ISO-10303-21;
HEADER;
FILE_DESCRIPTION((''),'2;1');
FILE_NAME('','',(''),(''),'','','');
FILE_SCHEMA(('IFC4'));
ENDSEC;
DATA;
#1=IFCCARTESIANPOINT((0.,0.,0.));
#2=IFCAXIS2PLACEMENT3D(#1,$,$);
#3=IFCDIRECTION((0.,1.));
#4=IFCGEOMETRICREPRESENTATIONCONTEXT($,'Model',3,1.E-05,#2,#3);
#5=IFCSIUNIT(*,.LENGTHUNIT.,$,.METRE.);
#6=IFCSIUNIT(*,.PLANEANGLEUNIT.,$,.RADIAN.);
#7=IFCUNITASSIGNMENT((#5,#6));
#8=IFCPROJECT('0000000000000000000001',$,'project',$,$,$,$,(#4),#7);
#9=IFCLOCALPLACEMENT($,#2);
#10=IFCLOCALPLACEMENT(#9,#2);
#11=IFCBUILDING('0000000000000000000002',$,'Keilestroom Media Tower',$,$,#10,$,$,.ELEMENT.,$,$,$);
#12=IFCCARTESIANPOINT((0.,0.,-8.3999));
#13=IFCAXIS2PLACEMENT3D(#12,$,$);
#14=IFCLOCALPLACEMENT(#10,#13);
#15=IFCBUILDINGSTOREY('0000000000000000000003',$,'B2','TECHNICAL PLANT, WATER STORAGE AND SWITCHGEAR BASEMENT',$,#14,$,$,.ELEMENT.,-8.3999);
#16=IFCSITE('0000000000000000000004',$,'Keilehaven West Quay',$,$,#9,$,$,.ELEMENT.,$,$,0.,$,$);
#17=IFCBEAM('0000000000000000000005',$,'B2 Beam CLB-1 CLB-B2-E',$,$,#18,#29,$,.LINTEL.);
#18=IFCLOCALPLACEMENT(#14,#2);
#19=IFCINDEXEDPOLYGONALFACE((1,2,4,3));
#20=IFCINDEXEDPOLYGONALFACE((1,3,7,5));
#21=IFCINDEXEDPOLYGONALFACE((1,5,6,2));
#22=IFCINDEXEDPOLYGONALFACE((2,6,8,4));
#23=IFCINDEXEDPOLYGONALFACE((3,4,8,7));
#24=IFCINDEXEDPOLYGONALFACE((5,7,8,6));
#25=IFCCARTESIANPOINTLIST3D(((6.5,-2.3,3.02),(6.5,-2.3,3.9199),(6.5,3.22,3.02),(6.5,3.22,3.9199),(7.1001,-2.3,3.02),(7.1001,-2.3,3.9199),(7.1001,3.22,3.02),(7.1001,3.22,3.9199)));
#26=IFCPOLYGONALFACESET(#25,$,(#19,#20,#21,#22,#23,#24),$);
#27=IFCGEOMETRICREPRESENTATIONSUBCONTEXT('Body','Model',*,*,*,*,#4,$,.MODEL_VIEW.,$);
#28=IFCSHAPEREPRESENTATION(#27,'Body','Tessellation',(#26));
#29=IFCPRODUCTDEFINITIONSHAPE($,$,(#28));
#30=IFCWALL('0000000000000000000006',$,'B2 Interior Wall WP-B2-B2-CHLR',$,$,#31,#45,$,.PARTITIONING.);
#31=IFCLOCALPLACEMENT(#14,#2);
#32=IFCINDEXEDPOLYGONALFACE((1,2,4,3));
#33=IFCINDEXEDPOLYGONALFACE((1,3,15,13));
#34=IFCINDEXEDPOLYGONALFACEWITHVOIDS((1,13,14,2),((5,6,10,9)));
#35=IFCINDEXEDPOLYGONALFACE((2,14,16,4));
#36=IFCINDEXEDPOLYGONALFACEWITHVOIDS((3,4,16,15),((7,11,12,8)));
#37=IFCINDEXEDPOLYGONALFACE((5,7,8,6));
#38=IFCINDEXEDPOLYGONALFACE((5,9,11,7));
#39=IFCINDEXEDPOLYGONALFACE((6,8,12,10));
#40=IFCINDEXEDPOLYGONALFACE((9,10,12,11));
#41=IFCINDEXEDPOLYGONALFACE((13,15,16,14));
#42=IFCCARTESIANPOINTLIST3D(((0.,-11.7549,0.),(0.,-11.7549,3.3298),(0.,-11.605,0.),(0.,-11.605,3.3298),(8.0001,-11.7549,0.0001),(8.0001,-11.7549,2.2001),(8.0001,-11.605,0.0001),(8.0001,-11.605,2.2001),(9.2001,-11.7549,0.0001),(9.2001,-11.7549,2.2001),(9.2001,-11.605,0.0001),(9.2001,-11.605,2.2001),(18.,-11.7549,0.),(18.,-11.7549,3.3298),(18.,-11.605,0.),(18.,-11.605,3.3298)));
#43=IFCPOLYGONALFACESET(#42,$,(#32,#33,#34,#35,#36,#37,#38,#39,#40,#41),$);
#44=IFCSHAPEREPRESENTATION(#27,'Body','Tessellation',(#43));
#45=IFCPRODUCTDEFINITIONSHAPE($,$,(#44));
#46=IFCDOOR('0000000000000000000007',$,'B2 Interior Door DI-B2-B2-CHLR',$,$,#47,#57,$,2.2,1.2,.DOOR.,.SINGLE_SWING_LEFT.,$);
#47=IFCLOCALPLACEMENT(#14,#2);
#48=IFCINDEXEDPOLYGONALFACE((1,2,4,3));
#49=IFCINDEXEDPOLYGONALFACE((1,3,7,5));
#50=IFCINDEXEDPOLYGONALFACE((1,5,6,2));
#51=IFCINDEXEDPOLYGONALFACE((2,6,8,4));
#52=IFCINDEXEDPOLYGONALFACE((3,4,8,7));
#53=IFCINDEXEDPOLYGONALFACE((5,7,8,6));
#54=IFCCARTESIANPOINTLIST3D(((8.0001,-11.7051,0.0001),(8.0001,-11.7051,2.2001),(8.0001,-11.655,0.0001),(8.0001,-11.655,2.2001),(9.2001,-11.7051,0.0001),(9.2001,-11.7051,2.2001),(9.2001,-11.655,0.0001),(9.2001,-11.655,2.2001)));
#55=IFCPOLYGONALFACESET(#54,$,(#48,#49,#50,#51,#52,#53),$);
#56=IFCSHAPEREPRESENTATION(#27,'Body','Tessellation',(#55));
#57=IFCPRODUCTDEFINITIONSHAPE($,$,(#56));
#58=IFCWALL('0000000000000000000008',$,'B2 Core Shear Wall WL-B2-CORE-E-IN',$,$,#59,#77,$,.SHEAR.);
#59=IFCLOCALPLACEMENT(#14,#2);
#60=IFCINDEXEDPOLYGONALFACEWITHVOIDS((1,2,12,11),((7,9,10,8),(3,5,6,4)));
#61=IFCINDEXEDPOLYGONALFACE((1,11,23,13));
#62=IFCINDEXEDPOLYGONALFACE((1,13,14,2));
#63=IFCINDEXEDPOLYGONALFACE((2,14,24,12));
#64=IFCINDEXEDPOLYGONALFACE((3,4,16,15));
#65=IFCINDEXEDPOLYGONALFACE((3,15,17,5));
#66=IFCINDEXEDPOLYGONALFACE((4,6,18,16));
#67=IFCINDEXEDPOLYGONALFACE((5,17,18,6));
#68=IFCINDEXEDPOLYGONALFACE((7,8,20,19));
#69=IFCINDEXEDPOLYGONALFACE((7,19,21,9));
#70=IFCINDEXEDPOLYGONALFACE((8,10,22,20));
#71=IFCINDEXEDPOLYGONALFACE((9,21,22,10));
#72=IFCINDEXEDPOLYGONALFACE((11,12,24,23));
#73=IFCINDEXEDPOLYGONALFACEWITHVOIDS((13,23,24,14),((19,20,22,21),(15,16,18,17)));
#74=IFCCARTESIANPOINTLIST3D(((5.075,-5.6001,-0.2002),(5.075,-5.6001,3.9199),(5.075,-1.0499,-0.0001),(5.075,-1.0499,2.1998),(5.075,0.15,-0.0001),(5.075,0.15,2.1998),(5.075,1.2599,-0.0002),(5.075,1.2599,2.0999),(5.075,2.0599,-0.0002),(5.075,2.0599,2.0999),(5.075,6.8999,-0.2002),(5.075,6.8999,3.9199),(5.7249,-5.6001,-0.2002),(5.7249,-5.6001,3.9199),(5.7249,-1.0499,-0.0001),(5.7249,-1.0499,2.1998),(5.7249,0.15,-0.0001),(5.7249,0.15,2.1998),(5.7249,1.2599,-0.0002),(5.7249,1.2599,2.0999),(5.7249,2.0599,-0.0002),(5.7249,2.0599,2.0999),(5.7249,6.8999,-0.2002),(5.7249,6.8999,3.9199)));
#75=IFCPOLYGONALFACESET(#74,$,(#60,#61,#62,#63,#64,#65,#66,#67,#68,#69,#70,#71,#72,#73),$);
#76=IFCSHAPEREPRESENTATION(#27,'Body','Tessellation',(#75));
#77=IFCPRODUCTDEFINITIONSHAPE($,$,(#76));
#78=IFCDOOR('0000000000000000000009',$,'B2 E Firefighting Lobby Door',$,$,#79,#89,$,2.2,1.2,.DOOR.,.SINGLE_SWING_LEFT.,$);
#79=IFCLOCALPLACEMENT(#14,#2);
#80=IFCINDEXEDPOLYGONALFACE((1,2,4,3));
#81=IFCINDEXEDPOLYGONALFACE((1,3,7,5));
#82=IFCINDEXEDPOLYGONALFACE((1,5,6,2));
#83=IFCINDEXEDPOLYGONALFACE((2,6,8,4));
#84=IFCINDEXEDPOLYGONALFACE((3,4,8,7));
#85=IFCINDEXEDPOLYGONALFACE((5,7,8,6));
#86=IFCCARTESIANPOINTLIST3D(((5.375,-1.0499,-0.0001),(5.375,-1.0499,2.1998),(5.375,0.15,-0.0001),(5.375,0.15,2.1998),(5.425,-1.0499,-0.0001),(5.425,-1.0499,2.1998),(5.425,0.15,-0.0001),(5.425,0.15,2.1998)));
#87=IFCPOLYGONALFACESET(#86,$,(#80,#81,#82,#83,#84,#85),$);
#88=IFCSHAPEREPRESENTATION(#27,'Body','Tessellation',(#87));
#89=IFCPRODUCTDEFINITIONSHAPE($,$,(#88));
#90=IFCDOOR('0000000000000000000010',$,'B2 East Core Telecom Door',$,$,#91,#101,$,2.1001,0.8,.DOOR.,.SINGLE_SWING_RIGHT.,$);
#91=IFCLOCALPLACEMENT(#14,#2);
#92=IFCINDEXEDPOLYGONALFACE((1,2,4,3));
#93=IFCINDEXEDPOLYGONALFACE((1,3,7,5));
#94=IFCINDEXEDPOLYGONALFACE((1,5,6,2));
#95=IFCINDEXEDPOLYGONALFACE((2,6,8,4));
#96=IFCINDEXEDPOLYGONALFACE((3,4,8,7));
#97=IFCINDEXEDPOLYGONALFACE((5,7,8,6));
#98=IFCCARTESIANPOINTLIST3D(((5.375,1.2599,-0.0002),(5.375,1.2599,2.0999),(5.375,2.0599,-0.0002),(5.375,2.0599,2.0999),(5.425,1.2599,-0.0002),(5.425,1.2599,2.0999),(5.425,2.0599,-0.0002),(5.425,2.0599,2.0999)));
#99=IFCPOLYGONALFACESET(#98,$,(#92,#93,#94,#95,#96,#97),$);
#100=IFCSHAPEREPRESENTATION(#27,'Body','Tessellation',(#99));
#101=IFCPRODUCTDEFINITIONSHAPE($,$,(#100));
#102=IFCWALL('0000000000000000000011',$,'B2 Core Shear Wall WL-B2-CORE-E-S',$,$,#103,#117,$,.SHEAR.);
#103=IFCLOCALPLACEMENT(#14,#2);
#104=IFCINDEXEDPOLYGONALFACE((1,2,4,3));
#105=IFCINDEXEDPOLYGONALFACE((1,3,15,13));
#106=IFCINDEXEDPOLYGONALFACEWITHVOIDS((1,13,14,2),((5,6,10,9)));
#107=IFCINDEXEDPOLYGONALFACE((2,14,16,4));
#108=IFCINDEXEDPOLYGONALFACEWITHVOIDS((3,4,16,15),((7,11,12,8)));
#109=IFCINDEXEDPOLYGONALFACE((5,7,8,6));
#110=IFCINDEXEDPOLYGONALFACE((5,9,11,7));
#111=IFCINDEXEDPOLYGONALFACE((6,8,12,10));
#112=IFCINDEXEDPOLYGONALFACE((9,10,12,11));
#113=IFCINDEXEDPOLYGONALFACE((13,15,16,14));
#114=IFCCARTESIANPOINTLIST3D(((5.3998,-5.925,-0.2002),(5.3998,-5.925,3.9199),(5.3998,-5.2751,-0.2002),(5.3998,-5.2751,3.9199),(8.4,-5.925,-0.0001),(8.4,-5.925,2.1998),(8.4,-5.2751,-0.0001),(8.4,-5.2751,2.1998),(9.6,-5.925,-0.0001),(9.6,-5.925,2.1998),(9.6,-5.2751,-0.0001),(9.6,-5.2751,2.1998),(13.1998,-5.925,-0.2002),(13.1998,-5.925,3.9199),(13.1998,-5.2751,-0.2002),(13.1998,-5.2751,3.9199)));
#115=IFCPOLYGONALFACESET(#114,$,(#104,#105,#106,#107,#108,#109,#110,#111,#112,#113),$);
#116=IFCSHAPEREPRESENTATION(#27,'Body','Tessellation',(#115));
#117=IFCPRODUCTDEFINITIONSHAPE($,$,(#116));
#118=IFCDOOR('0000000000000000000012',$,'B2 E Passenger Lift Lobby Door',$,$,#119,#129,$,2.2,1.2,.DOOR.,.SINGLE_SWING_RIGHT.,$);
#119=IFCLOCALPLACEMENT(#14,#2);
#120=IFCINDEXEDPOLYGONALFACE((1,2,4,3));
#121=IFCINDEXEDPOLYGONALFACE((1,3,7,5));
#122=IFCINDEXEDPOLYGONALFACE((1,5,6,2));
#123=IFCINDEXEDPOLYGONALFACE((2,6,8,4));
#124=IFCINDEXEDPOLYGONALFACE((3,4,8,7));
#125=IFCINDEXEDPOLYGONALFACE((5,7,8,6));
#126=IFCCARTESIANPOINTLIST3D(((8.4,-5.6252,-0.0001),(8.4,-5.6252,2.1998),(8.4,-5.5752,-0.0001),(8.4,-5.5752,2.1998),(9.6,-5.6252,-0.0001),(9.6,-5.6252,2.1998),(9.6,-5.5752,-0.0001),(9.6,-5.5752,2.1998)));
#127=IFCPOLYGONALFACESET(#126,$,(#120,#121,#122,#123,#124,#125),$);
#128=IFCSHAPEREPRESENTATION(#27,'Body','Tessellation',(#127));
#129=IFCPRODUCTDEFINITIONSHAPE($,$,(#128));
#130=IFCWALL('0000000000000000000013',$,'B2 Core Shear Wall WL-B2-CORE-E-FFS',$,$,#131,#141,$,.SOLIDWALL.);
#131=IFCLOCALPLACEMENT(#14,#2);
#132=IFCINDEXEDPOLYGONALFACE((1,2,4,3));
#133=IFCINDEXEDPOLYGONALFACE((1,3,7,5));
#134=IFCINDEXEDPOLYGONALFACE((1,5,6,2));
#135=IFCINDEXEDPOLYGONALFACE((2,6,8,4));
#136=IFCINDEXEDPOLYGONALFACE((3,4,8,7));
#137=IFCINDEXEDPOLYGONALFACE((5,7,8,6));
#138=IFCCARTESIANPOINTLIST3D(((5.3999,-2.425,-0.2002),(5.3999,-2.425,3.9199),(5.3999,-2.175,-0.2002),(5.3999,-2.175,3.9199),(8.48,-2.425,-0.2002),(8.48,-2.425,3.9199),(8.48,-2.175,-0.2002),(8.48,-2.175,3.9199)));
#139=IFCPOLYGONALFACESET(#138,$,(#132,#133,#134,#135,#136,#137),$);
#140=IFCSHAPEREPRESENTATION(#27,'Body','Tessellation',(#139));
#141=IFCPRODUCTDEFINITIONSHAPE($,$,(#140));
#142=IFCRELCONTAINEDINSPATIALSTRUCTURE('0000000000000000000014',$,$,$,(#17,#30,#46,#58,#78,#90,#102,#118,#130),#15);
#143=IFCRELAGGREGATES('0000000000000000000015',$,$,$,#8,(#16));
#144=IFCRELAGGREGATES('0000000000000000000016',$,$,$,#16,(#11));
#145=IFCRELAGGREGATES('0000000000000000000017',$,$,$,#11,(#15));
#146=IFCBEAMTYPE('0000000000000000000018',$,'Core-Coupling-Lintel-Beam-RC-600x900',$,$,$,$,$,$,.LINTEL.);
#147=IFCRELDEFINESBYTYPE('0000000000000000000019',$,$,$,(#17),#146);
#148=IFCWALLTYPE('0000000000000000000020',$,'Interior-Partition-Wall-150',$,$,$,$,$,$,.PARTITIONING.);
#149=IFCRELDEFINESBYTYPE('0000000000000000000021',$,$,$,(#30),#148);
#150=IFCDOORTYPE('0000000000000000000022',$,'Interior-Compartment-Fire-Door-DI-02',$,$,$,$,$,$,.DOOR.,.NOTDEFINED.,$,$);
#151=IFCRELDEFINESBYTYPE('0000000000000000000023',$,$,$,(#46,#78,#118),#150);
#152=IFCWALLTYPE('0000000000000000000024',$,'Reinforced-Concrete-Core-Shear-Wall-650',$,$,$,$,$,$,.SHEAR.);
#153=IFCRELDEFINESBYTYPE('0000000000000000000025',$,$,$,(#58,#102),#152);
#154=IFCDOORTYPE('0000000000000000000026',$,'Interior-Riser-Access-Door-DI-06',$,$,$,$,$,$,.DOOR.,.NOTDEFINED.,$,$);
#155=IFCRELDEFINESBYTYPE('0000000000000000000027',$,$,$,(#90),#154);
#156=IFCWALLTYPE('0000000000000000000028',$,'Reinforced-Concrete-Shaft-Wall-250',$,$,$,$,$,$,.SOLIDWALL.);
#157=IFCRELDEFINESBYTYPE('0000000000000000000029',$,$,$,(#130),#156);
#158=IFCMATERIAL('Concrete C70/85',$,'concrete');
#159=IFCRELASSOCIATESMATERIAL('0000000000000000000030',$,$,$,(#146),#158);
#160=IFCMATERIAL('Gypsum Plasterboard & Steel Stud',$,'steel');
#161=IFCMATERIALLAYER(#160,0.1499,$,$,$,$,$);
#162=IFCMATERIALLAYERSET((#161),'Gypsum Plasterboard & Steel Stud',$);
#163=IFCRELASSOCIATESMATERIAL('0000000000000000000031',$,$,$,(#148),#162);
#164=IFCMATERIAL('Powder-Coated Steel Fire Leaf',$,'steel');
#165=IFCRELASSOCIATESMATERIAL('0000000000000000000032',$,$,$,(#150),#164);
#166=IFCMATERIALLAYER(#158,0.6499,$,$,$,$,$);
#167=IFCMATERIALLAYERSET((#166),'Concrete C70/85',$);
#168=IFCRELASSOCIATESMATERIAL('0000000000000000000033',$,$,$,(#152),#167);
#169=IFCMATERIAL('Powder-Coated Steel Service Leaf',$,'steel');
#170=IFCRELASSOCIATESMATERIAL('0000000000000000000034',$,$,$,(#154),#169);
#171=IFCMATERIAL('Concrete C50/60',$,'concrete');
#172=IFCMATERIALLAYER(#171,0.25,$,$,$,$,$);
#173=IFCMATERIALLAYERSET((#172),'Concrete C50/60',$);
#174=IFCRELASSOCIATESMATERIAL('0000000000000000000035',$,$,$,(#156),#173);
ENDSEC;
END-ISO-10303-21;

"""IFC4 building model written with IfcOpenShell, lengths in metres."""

from ifc_helpers import new_model, si_unit, direction, frame, frame_2d, origin, origin_2d, place, context, subcontext, project, spatial, rectangle, extrude, source, transform, mapped, material, layer, layer_set, material_profile, profile_set, type_object, element, fill, save


model = new_model("IFC4")

# Units and contexts
model_context = context("Model", 3, precision=1e-05, world=origin(), true_north=direction((0.0, 1.0)))
body_context = subcontext(model_context, "Body", "Model", "MODEL_VIEW")
ifc_project = project(units=[si_unit("LENGTHUNIT", "METRE"), si_unit("PLANEANGLEUNIT", "RADIAN")], contexts=[model_context])

# Site, building, storey
site_placement = place(None, origin())
site = spatial("IfcSite", under=ifc_project, at=site_placement, Name="Keilehaven West Quay", CompositionType="ELEMENT", RefElevation=0.0)
building_placement = place(site_placement, origin())
building = spatial("IfcBuilding", under=site, at=building_placement, Name="Keilestroom Media Tower", CompositionType="ELEMENT")
storey_placement = place(building_placement, frame((0.0, 0.0, -8.3999)))
storey = spatial("IfcBuildingStorey", under=building, at=storey_placement, Name="B2", Description="TECHNICAL PLANT, WATER STORAGE AND SWITCHGEAR BASEMENT", CompositionType="ELEMENT", Elevation=-8.3999)

# Beam
ifc_material_1 = material(Name="Concrete C70/85", Category="concrete")
ifc_material_profile_1 = material_profile(ifc_material_1, rectangle(XDim=0.6001, YDim=0.8999, at=origin_2d()), Name="RC 600x900")
ifc_profile_set_1 = profile_set([ifc_material_profile_1], Name="Concrete C70/85")
beam_type_1 = type_object("IfcBeamType", Name="Core-Coupling-Lintel-Beam-RC-600x900", PredefinedType="LINTEL", material=ifc_profile_set_1)
shared_shape_1 = source(origin(), body_context, "Body", "SweptSolid", [
    extrude(rectangle(XDim=0.6001, YDim=0.8999, at=origin_2d()), origin(), (0.0, 0.0, 1.0), 5.52),
])
beam_1_placement = place(storey_placement, frame((6.8, -2.3, 3.47), z_axis=(0.0, 1.0, 0.0), x_axis=(-1.0, 0.0, 0.0)))
element("IfcBeam", 1, at=beam_1_placement, inside=storey, type_object=beam_type_1, Name="B2 Beam CLB-1 CLB-B2-E", PredefinedType="LINTEL", context=body_context, shape_type="MappedRepresentation", body=[
    mapped(shared_shape_1, transform((0.0, 0.0, 0.0), x_axis=(1.0, 0.0, 0.0), y_axis=(0.0, 1.0, 0.0), z_axis=(0.0, 0.0, 1.0), scale=1.0)),
])

# Wall, opening, door
ifc_material_2 = material(Name="Gypsum Plasterboard & Steel Stud", Category="steel")
ifc_layer_1 = layer(ifc_material_2, 0.1499)
ifc_layer_set_1 = layer_set([ifc_layer_1], Name="Gypsum Plasterboard & Steel Stud")
wall_type_1 = type_object("IfcWallType", Name="Interior-Partition-Wall-150", PredefinedType="PARTITIONING", material=ifc_layer_set_1)
wall_1_placement = place(storey_placement, frame((0.0, -11.6799, 0.0), z_axis=(0.0, 0.0, 1.0), x_axis=(1.0, 0.0, 0.0)))
wall_1 = element("IfcWall", 2, at=wall_1_placement, inside=storey, type_object=wall_type_1, Name="B2 Interior Wall WP-B2-B2-CHLR", PredefinedType="PARTITIONING", context=body_context, shape_type="SweptSolid", body=[
    extrude(rectangle(XDim=18.0, YDim=0.1499, at=frame_2d((9.0, 0.0))), origin(), (0.0, 0.0, 1.0), 3.3298),
])
opening_1_placement = place(wall_1_placement, frame((8.0, 0.0, 0.0)))
opening_1 = element("IfcOpeningElement", 3, at=opening_1_placement, cuts=wall_1, PredefinedType="OPENING", context=body_context, shape_type="SweptSolid", body=[
    extrude(rectangle(XDim=1.2, YDim=2.2, at=frame_2d((0.6001, 1.1001))), frame((0.0, 0.085, 0.0), z_axis=(0.0, -1.0, 0.0), x_axis=(1.0, 0.0, 0.0)), (0.0, 0.0, 1.0), 0.1699),
])
ifc_material_3 = material(Name="Powder-Coated Steel Fire Leaf", Category="steel")
door_type_1 = type_object("IfcDoorType", Name="Interior-Compartment-Fire-Door-DI-02", OperationType="NOTDEFINED", PredefinedType="DOOR", material=ifc_material_3)
shared_shape_2 = source(origin(), body_context, "Body", "SweptSolid", [
    extrude(rectangle(XDim=1.2, YDim=2.2, at=frame_2d((0.6001, 1.1001))), frame((0.0, 0.0249, 0.0), z_axis=(0.0, -1.0, 0.0), x_axis=(1.0, 0.0, 0.0)), (0.0, 0.0, 1.0), 0.05),
])
door_1_placement = place(opening_1_placement, origin())
door_1 = element("IfcDoor", 4, at=door_1_placement, inside=storey, type_object=door_type_1, Name="B2 Interior Door DI-B2-B2-CHLR", OperationType="SINGLE_SWING_LEFT", OverallHeight=2.2, OverallWidth=1.2, PredefinedType="DOOR", context=body_context, shape_type="MappedRepresentation", body=[
    mapped(shared_shape_2, transform((0.0, 0.0, 0.0), x_axis=(1.0, 0.0, 0.0), y_axis=(0.0, 1.0, 0.0), z_axis=(0.0, 0.0, 1.0), scale=1.0)),
])
fill(opening_1, door_1)

# Wall, openings, doors
ifc_layer_2 = layer(ifc_material_1, 0.6499)
ifc_layer_set_2 = layer_set([ifc_layer_2], Name="Concrete C70/85")
wall_type_2 = type_object("IfcWallType", Name="Reinforced-Concrete-Core-Shear-Wall-650", PredefinedType="SHEAR", material=ifc_layer_set_2)
wall_2_placement = place(storey_placement, frame((5.3999, -5.6001, -0.2002), z_axis=(0.0, 0.0, 1.0), x_axis=(0.0, 1.0, 0.0)))
wall_2 = element("IfcWall", 5, at=wall_2_placement, inside=storey, type_object=wall_type_2, Name="B2 Core Shear Wall WL-B2-CORE-E-IN", PredefinedType="SHEAR", context=body_context, shape_type="SweptSolid", body=[
    extrude(rectangle(XDim=12.5, YDim=0.6499, at=frame_2d((6.25, 0.0))), origin(), (0.0, 0.0, 1.0), 4.1201),
])
opening_2_placement = place(wall_2_placement, frame((4.55, 0.0, 0.2)))
opening_2 = element("IfcOpeningElement", 6, at=opening_2_placement, cuts=wall_2, PredefinedType="OPENING", context=body_context, shape_type="SweptSolid", body=[
    extrude(rectangle(XDim=1.2, YDim=2.2, at=frame_2d((0.6001, 1.1001))), frame((0.0, 0.335, 0.0), z_axis=(0.0, -1.0, 0.0), x_axis=(1.0, 0.0, 0.0)), (0.0, 0.0, 1.0), 0.6699),
])
opening_3_placement = place(wall_2_placement, frame((6.8601, 0.0, 0.2)))
opening_3 = element("IfcOpeningElement", 7, at=opening_3_placement, cuts=wall_2, PredefinedType="OPENING", context=body_context, shape_type="SweptSolid", body=[
    extrude(rectangle(XDim=0.8, YDim=2.1001, at=frame_2d((0.3999, 1.05))), frame((0.0, 0.335, 0.0), z_axis=(0.0, -1.0, 0.0), x_axis=(1.0, 0.0, 0.0)), (0.0, 0.0, 1.0), 0.6699),
])
door_2_placement = place(opening_2_placement, origin())
door_2 = element("IfcDoor", 8, at=door_2_placement, inside=storey, type_object=door_type_1, Name="B2 E Firefighting Lobby Door", OperationType="SINGLE_SWING_LEFT", OverallHeight=2.2, OverallWidth=1.2, PredefinedType="DOOR", context=body_context, shape_type="MappedRepresentation", body=[
    mapped(shared_shape_2, transform((0.0, 0.0, 0.0), x_axis=(1.0, 0.0, 0.0), y_axis=(0.0, 1.0, 0.0), z_axis=(0.0, 0.0, 1.0), scale=1.0)),
])
fill(opening_2, door_2)
ifc_material_4 = material(Name="Powder-Coated Steel Service Leaf", Category="steel")
door_type_2 = type_object("IfcDoorType", Name="Interior-Riser-Access-Door-DI-06", OperationType="NOTDEFINED", PredefinedType="DOOR", material=ifc_material_4)
shared_shape_3 = source(origin(), body_context, "Body", "SweptSolid", [
    extrude(rectangle(XDim=0.8, YDim=2.1001, at=frame_2d((0.3999, 1.05))), frame((0.0, 0.0249, 0.0), z_axis=(0.0, -1.0, 0.0), x_axis=(1.0, 0.0, 0.0)), (0.0, 0.0, 1.0), 0.05),
])
door_3_placement = place(opening_3_placement, origin())
door_3 = element("IfcDoor", 9, at=door_3_placement, inside=storey, type_object=door_type_2, Name="B2 East Core Telecom Door", OperationType="SINGLE_SWING_RIGHT", OverallHeight=2.1001, OverallWidth=0.8, PredefinedType="DOOR", context=body_context, shape_type="MappedRepresentation", body=[
    mapped(shared_shape_3, transform((0.0, 0.0, 0.0), x_axis=(1.0, 0.0, 0.0), y_axis=(0.0, 1.0, 0.0), z_axis=(0.0, 0.0, 1.0), scale=1.0)),
])
fill(opening_3, door_3)

# Wall, opening, door
wall_3_placement = place(storey_placement, frame((5.3999, -5.6001, -0.2002), z_axis=(0.0, 0.0, 1.0), x_axis=(1.0, 0.0, 0.0)))
wall_3 = element("IfcWall", 10, at=wall_3_placement, inside=storey, type_object=wall_type_2, Name="B2 Core Shear Wall WL-B2-CORE-E-S", PredefinedType="SHEAR", context=body_context, shape_type="SweptSolid", body=[
    extrude(rectangle(XDim=7.8, YDim=0.6499, at=frame_2d((3.8999, 0.0))), origin(), (0.0, 0.0, 1.0), 4.1201),
])
opening_4_placement = place(wall_3_placement, frame((3.0, 0.0, 0.2)))
opening_4 = element("IfcOpeningElement", 11, at=opening_4_placement, cuts=wall_3, PredefinedType="OPENING", context=body_context, shape_type="SweptSolid", body=[
    extrude(rectangle(XDim=1.2, YDim=2.2, at=frame_2d((0.6001, 1.1001))), frame((0.0, 0.335, 0.0), z_axis=(0.0, -1.0, 0.0), x_axis=(1.0, 0.0, 0.0)), (0.0, 0.0, 1.0), 0.6699),
])
door_4_placement = place(opening_4_placement, origin())
door_4 = element("IfcDoor", 12, at=door_4_placement, inside=storey, type_object=door_type_1, Name="B2 E Passenger Lift Lobby Door", OperationType="SINGLE_SWING_RIGHT", OverallHeight=2.2, OverallWidth=1.2, PredefinedType="DOOR", context=body_context, shape_type="MappedRepresentation", body=[
    mapped(shared_shape_2, transform((0.0, 0.0, 0.0), x_axis=(1.0, 0.0, 0.0), y_axis=(0.0, 1.0, 0.0), z_axis=(0.0, 0.0, 1.0), scale=1.0)),
])
fill(opening_4, door_4)

# Wall
ifc_material_5 = material(Name="Concrete C50/60", Category="concrete")
ifc_layer_3 = layer(ifc_material_5, 0.25)
ifc_layer_set_3 = layer_set([ifc_layer_3], Name="Concrete C50/60")
wall_type_3 = type_object("IfcWallType", Name="Reinforced-Concrete-Shaft-Wall-250", PredefinedType="SOLIDWALL", material=ifc_layer_set_3)
wall_4_placement = place(storey_placement, frame((5.3999, -2.3, -0.2002), z_axis=(0.0, 0.0, 1.0), x_axis=(1.0, 0.0, 0.0)))
element("IfcWall", 13, at=wall_4_placement, inside=storey, type_object=wall_type_3, Name="B2 Core Shear Wall WL-B2-CORE-E-FFS", PredefinedType="SOLIDWALL", context=body_context, shape_type="SweptSolid", body=[
    extrude(rectangle(XDim=3.0801, YDim=0.25, at=frame_2d((1.54, 0.0))), origin(), (0.0, 0.0, 1.0), 4.1201),
])

save(model, "model.ifc")
